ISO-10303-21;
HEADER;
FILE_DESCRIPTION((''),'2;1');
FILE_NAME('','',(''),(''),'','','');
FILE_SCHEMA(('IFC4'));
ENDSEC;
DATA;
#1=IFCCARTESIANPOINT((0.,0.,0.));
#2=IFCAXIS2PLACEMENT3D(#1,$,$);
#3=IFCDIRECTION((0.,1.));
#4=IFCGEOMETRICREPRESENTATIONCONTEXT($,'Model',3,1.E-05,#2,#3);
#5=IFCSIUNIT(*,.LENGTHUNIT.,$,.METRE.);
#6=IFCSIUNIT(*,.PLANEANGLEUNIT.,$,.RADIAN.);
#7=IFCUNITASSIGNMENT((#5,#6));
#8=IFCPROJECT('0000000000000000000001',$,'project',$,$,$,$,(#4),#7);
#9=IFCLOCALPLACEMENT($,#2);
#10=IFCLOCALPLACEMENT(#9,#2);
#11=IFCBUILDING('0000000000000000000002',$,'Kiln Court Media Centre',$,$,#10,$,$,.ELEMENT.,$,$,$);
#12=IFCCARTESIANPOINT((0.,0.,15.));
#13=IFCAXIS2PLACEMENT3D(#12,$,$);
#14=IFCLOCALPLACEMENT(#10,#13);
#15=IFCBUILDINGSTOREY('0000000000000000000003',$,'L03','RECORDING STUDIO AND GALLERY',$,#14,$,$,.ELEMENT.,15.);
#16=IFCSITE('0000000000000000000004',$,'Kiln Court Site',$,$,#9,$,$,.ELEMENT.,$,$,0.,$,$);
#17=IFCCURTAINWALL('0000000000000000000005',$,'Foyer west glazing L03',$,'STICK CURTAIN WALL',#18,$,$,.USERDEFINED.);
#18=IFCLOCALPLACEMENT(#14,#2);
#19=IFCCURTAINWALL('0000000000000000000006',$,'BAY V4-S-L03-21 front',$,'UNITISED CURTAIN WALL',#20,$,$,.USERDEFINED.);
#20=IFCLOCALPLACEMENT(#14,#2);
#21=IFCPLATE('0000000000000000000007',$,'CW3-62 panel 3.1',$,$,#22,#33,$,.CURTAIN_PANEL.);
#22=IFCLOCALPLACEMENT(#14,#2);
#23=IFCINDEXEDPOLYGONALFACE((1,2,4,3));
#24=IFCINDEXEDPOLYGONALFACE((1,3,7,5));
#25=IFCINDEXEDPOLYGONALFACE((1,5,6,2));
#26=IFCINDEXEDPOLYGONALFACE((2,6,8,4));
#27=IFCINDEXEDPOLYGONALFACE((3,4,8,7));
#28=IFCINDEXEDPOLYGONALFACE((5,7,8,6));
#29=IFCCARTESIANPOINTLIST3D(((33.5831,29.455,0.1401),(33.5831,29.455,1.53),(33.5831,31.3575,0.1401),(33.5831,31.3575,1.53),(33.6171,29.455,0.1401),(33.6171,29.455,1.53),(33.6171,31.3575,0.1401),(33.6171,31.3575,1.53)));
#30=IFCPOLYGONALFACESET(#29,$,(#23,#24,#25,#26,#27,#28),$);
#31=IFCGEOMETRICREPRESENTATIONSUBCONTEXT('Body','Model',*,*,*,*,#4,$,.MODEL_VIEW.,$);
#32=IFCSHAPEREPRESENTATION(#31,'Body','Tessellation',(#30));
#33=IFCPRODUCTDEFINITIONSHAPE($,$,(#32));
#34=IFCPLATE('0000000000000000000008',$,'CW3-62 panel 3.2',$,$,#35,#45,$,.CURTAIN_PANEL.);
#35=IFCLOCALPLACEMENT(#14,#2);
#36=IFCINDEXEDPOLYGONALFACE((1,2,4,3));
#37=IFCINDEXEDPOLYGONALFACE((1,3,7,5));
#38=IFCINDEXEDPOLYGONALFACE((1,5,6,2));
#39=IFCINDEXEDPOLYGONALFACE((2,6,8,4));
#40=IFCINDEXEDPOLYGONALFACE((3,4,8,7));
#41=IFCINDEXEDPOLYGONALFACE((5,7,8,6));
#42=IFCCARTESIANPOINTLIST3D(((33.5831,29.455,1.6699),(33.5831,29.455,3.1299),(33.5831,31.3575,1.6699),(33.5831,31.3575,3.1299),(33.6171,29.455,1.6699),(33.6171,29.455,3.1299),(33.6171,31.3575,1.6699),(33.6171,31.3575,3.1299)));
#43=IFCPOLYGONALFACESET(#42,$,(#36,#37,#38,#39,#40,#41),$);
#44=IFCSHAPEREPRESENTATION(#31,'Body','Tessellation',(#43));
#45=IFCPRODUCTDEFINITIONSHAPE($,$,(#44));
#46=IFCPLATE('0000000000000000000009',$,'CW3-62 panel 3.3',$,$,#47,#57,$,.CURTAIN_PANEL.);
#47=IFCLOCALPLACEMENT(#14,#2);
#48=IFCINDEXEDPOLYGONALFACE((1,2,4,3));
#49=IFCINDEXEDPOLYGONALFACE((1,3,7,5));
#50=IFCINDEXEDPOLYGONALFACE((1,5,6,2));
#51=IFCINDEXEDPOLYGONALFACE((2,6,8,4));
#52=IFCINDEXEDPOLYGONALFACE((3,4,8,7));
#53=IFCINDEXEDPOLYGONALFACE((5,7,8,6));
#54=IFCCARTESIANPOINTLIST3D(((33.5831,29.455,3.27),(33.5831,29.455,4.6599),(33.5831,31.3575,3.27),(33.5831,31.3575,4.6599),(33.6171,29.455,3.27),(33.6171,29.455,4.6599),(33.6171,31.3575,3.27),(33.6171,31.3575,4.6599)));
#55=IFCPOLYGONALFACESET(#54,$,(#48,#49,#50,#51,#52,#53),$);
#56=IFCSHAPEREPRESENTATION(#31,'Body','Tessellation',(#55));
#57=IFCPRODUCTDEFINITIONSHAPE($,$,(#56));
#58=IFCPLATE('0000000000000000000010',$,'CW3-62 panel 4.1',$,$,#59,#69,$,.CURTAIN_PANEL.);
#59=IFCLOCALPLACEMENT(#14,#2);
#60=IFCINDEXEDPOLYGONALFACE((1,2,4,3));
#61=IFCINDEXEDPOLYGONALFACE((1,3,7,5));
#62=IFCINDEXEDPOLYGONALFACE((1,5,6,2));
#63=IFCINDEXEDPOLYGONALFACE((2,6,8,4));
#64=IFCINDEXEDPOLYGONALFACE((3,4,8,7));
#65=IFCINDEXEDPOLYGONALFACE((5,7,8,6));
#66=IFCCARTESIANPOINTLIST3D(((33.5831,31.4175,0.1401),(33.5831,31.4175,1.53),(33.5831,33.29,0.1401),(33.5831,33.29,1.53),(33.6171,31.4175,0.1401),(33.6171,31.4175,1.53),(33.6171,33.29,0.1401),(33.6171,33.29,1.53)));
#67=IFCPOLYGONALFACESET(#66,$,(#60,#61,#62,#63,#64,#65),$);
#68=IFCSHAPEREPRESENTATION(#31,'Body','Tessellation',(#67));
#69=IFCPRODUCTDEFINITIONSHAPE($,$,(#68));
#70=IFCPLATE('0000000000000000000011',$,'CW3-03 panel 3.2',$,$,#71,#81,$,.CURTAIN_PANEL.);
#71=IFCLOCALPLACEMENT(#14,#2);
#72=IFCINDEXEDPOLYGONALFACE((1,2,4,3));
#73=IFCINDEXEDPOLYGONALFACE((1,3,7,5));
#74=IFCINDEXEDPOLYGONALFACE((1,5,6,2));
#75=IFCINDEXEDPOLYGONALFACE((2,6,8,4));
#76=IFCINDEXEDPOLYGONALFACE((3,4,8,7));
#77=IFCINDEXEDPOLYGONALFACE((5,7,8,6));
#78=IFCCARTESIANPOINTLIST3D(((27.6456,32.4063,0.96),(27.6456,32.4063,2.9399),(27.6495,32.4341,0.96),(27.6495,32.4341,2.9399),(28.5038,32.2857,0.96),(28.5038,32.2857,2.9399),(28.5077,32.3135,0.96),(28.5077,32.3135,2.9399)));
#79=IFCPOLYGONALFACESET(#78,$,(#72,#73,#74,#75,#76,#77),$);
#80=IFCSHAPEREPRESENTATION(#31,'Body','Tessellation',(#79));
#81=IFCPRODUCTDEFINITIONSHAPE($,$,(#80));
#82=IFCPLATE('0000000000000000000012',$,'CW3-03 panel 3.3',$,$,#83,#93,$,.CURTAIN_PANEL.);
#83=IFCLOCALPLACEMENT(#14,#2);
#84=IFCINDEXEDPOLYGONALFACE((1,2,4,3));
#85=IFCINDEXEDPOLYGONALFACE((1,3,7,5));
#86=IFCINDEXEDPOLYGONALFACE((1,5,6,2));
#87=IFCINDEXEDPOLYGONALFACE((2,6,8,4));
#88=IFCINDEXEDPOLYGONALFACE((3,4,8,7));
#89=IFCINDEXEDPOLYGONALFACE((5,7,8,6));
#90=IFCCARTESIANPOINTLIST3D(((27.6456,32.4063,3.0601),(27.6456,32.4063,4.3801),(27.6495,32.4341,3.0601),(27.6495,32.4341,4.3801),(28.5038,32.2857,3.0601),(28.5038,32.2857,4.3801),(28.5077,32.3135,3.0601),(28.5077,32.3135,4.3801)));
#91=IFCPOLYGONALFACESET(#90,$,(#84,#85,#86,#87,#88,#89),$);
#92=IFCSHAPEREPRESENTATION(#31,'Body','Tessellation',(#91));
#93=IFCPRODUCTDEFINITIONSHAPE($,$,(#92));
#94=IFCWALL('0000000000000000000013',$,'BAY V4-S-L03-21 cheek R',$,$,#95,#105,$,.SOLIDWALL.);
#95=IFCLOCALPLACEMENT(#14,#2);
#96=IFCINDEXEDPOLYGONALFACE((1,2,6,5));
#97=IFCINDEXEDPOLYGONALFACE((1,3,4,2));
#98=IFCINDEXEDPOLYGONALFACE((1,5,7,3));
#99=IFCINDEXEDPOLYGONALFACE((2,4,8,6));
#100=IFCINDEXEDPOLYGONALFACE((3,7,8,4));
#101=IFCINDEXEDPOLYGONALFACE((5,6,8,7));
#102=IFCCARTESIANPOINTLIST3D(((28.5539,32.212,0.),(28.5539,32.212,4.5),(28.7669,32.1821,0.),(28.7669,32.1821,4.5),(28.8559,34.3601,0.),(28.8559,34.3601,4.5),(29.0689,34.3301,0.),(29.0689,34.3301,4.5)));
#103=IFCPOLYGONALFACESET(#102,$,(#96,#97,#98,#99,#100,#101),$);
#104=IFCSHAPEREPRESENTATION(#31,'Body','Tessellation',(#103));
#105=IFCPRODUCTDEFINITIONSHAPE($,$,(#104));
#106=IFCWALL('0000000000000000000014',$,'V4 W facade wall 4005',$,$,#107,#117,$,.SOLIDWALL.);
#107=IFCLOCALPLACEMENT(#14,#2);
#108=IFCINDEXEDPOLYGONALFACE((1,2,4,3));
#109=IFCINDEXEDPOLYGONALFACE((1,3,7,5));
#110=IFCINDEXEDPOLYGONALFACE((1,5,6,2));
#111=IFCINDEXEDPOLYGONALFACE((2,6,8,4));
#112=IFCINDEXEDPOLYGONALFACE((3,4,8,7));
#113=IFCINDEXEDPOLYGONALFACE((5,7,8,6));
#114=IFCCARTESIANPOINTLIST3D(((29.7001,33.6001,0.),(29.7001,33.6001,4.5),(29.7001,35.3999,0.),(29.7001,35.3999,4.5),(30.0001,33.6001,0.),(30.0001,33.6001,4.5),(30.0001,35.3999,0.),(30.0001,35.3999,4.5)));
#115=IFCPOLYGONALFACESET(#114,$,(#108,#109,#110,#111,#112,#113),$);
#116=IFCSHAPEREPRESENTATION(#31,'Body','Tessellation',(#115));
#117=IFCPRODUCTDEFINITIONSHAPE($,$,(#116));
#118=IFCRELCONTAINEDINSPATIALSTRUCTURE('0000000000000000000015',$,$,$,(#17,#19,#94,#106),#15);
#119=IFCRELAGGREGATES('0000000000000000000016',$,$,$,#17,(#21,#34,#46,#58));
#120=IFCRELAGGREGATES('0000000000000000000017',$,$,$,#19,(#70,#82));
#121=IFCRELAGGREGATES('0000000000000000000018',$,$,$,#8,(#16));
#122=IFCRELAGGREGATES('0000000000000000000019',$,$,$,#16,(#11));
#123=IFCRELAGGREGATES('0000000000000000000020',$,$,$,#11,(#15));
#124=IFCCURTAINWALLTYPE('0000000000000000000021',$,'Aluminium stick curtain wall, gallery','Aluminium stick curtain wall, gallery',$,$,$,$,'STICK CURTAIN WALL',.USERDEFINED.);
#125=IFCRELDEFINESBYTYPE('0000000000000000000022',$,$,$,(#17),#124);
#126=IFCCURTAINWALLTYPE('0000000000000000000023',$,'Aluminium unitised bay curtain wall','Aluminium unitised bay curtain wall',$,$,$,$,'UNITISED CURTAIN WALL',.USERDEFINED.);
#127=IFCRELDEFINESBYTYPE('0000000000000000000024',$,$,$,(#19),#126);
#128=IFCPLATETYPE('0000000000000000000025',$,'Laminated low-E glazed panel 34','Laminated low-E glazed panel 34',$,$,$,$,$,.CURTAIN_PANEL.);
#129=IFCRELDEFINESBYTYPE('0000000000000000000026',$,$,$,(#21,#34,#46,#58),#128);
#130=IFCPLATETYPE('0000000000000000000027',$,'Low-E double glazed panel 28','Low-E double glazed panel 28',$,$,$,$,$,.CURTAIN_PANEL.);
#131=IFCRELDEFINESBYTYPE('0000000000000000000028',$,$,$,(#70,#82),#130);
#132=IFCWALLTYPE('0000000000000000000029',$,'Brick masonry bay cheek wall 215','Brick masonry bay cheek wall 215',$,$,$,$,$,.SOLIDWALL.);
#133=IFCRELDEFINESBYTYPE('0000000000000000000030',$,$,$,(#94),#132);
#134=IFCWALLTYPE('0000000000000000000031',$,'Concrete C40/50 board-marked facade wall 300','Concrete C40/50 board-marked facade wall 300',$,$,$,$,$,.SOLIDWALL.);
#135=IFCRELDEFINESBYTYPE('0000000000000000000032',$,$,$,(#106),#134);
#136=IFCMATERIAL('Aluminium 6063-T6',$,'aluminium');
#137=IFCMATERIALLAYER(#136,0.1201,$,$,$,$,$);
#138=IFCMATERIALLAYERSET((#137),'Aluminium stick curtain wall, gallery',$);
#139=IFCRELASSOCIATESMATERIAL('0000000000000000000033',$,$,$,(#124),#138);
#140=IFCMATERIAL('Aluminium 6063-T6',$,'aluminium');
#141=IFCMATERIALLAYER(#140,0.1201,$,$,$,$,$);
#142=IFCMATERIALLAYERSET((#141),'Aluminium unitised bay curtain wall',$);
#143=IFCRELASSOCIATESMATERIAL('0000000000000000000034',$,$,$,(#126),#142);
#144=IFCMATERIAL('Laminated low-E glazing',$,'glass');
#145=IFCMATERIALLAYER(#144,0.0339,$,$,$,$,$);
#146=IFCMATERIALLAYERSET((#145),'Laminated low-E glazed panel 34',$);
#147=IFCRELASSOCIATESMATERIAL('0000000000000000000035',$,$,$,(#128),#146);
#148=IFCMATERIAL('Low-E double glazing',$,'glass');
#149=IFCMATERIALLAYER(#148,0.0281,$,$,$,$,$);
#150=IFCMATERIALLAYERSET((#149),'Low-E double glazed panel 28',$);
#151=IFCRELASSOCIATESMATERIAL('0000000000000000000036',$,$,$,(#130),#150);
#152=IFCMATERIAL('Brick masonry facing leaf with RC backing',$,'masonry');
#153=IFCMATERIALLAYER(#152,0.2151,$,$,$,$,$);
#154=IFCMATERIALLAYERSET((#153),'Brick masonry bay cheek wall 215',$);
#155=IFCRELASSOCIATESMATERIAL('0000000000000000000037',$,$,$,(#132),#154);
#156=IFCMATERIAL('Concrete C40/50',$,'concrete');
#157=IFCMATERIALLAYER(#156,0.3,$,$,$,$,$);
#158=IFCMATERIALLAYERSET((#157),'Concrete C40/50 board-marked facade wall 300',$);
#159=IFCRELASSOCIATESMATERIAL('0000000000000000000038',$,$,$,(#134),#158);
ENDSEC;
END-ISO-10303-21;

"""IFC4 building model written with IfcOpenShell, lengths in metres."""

from ifc_helpers import new_model, si_unit, direction, frame, frame_2d, origin, origin_2d, place, context, subcontext, project, spatial, rectangle, extrude, material, layer, layer_set, type_object, element, aggregate, save


model = new_model("IFC4")

# Units and contexts
model_context = context("Model", 3, precision=1e-05, world=origin(), true_north=direction((0.0, 1.0)))
body_context = subcontext(model_context, "Body", "Model", "MODEL_VIEW")
ifc_project = project(units=[si_unit("LENGTHUNIT", "METRE"), si_unit("PLANEANGLEUNIT", "RADIAN")], contexts=[model_context])

# Site, building, storey
site_placement = place(None, origin())
site = spatial("IfcSite", under=ifc_project, at=site_placement, Name="Kiln Court Site", CompositionType="ELEMENT", RefElevation=0.0)
building_placement = place(site_placement, origin())
building = spatial("IfcBuilding", under=site, at=building_placement, Name="Kiln Court Media Centre", CompositionType="ELEMENT")
storey_placement = place(building_placement, frame((0.0, 0.0, 15.0)))
storey = spatial("IfcBuildingStorey", under=building, at=storey_placement, Name="L03", Description="RECORDING STUDIO AND GALLERY", CompositionType="ELEMENT", Elevation=15.0)

# Curtain wall
ifc_material_1 = material(Name="Aluminium 6063-T6", Category="aluminium")
ifc_layer_1 = layer(ifc_material_1, 0.1201)
ifc_layer_set_1 = layer_set([ifc_layer_1], Name="Aluminium stick curtain wall, gallery")
curtain_wall_type_1 = type_object("IfcCurtainWallType", Name="Aluminium stick curtain wall, gallery", Description="Aluminium stick curtain wall, gallery", ElementType="STICK CURTAIN WALL", PredefinedType="USERDEFINED", material=ifc_layer_set_1)
curtain_wall_1_placement = place(storey_placement, origin())
curtain_wall_1 = element("IfcCurtainWall", 1, at=curtain_wall_1_placement, inside=storey, type_object=curtain_wall_type_1, Name="Foyer west glazing L03", ObjectType="STICK CURTAIN WALL", PredefinedType="USERDEFINED")

# Curtain wall
ifc_material_2 = material(Name="Aluminium 6063-T6", Category="aluminium")
ifc_layer_2 = layer(ifc_material_2, 0.1201)
ifc_layer_set_2 = layer_set([ifc_layer_2], Name="Aluminium unitised bay curtain wall")
curtain_wall_type_2 = type_object("IfcCurtainWallType", Name="Aluminium unitised bay curtain wall", Description="Aluminium unitised bay curtain wall", ElementType="UNITISED CURTAIN WALL", PredefinedType="USERDEFINED", material=ifc_layer_set_2)
curtain_wall_2_placement = place(storey_placement, origin())
curtain_wall_2 = element("IfcCurtainWall", 2, at=curtain_wall_2_placement, inside=storey, type_object=curtain_wall_type_2, Name="BAY V4-S-L03-21 front", ObjectType="UNITISED CURTAIN WALL", PredefinedType="USERDEFINED")

# Plates
ifc_material_3 = material(Name="Laminated low-E glazing", Category="glass")
ifc_layer_3 = layer(ifc_material_3, 0.0339)
ifc_layer_set_3 = layer_set([ifc_layer_3], Name="Laminated low-E glazed panel 34")
plate_type_1 = type_object("IfcPlateType", Name="Laminated low-E glazed panel 34", Description="Laminated low-E glazed panel 34", PredefinedType="CURTAIN_PANEL", material=ifc_layer_set_3)
plate_1_placement = place(storey_placement, frame((33.6001, 30.4062, 0.1401), z_axis=(0.0, 0.0, 1.0), x_axis=(0.0, 1.0, 0.0)))
plate_1 = element("IfcPlate", 3, at=plate_1_placement, type_object=plate_type_1, Name="CW3-62 panel 3.1", PredefinedType="CURTAIN_PANEL", context=body_context, shape_type="SweptSolid", body=[
    extrude(rectangle(XDim=1.9026, YDim=0.0339, at=origin_2d()), origin(), (0.0, 0.0, 1.0), 1.3899),
])
plate_2_placement = place(storey_placement, frame((33.6001, 30.4062, 1.6699), z_axis=(0.0, 0.0, 1.0), x_axis=(0.0, 1.0, 0.0)))
plate_2 = element("IfcPlate", 4, at=plate_2_placement, type_object=plate_type_1, Name="CW3-62 panel 3.2", PredefinedType="CURTAIN_PANEL", context=body_context, shape_type="SweptSolid", body=[
    extrude(rectangle(XDim=1.9026, YDim=0.0339, at=origin_2d()), origin(), (0.0, 0.0, 1.0), 1.46),
])
plate_3_placement = place(storey_placement, frame((33.6001, 30.4062, 3.27), z_axis=(0.0, 0.0, 1.0), x_axis=(0.0, 1.0, 0.0)))
plate_3 = element("IfcPlate", 5, at=plate_3_placement, type_object=plate_type_1, Name="CW3-62 panel 3.3", PredefinedType="CURTAIN_PANEL", context=body_context, shape_type="SweptSolid", body=[
    extrude(rectangle(XDim=1.9026, YDim=0.0339, at=origin_2d()), origin(), (0.0, 0.0, 1.0), 1.3899),
])
plate_4_placement = place(storey_placement, frame((33.6001, 32.3538, 0.1401), z_axis=(0.0, 0.0, 1.0), x_axis=(0.0, 1.0, 0.0)))
plate_4 = element("IfcPlate", 6, at=plate_4_placement, type_object=plate_type_1, Name="CW3-62 panel 4.1", PredefinedType="CURTAIN_PANEL", context=body_context, shape_type="SweptSolid", body=[
    extrude(rectangle(XDim=1.8726, YDim=0.0339, at=origin_2d()), origin(), (0.0, 0.0, 1.0), 1.3899),
])
aggregate(curtain_wall_1, [plate_1, plate_2, plate_3, plate_4])
ifc_material_4 = material(Name="Low-E double glazing", Category="glass")
ifc_layer_4 = layer(ifc_material_4, 0.0281)
ifc_layer_set_4 = layer_set([ifc_layer_4], Name="Low-E double glazed panel 28")
plate_type_2 = type_object("IfcPlateType", Name="Low-E double glazed panel 28", Description="Low-E double glazed panel 28", PredefinedType="CURTAIN_PANEL", material=ifc_layer_set_4)
plate_5_placement = place(storey_placement, frame((28.0767, 32.3599, 0.96), z_axis=(0.0, 0.0, 1.0), x_axis=(0.99027, -0.139162, 0.0)))
plate_5 = element("IfcPlate", 7, at=plate_5_placement, type_object=plate_type_2, Name="CW3-03 panel 3.2", PredefinedType="CURTAIN_PANEL", context=body_context, shape_type="SweptSolid", body=[
    extrude(rectangle(XDim=0.8667, YDim=0.0281, at=origin_2d()), origin(), (0.0, 0.0, 1.0), 1.98),
])
plate_6_placement = place(storey_placement, frame((28.0767, 32.3599, 3.0601), z_axis=(0.0, 0.0, 1.0), x_axis=(0.99027, -0.139162, 0.0)))
plate_6 = element("IfcPlate", 8, at=plate_6_placement, type_object=plate_type_2, Name="CW3-03 panel 3.3", PredefinedType="CURTAIN_PANEL", context=body_context, shape_type="SweptSolid", body=[
    extrude(rectangle(XDim=0.8667, YDim=0.0281, at=origin_2d()), origin(), (0.0, 0.0, 1.0), 1.3201),
])
aggregate(curtain_wall_2, [plate_5, plate_6])

# Walls
ifc_material_5 = material(Name="Brick masonry facing leaf with RC backing", Category="masonry")
ifc_layer_5 = layer(ifc_material_5, 0.2151)
ifc_layer_set_5 = layer_set([ifc_layer_5], Name="Brick masonry bay cheek wall 215")
wall_type_1 = type_object("IfcWallType", Name="Brick masonry bay cheek wall 215", Description="Brick masonry bay cheek wall 215", PredefinedType="SOLIDWALL", material=ifc_layer_set_5)
wall_1_placement = place(storey_placement, frame((28.9624, 34.345, 0.0), z_axis=(0.0, 0.0, 1.0), x_axis=(-0.139231, -0.99026, 0.0)))
element("IfcWall", 9, at=wall_1_placement, inside=storey, type_object=wall_type_1, Name="BAY V4-S-L03-21 cheek R", PredefinedType="SOLIDWALL", context=body_context, shape_type="SweptSolid", body=[
    extrude(rectangle(XDim=2.1692, YDim=0.2151, at=frame_2d((1.0845, 0.0))), origin(), (0.0, 0.0, 1.0), 4.5),
])
ifc_material_6 = material(Name="Concrete C40/50", Category="concrete")
ifc_layer_6 = layer(ifc_material_6, 0.3)
ifc_layer_set_6 = layer_set([ifc_layer_6], Name="Concrete C40/50 board-marked facade wall 300")
wall_type_2 = type_object("IfcWallType", Name="Concrete C40/50 board-marked facade wall 300", Description="Concrete C40/50 board-marked facade wall 300", PredefinedType="SOLIDWALL", material=ifc_layer_set_6)
wall_2_placement = place(storey_placement, frame((29.8501, 33.6001, 0.0), z_axis=(0.0, 0.0, 1.0), x_axis=(0.0, 1.0, 0.0)))
element("IfcWall", 10, at=wall_2_placement, inside=storey, type_object=wall_type_2, Name="V4 W facade wall 4005", PredefinedType="SOLIDWALL", context=body_context, shape_type="SweptSolid", body=[
    extrude(rectangle(XDim=1.7998, YDim=0.3, at=frame_2d((0.8999, 0.0))), origin(), (0.0, 0.0, 1.0), 4.5),
])

save(model, "model.ifc")
